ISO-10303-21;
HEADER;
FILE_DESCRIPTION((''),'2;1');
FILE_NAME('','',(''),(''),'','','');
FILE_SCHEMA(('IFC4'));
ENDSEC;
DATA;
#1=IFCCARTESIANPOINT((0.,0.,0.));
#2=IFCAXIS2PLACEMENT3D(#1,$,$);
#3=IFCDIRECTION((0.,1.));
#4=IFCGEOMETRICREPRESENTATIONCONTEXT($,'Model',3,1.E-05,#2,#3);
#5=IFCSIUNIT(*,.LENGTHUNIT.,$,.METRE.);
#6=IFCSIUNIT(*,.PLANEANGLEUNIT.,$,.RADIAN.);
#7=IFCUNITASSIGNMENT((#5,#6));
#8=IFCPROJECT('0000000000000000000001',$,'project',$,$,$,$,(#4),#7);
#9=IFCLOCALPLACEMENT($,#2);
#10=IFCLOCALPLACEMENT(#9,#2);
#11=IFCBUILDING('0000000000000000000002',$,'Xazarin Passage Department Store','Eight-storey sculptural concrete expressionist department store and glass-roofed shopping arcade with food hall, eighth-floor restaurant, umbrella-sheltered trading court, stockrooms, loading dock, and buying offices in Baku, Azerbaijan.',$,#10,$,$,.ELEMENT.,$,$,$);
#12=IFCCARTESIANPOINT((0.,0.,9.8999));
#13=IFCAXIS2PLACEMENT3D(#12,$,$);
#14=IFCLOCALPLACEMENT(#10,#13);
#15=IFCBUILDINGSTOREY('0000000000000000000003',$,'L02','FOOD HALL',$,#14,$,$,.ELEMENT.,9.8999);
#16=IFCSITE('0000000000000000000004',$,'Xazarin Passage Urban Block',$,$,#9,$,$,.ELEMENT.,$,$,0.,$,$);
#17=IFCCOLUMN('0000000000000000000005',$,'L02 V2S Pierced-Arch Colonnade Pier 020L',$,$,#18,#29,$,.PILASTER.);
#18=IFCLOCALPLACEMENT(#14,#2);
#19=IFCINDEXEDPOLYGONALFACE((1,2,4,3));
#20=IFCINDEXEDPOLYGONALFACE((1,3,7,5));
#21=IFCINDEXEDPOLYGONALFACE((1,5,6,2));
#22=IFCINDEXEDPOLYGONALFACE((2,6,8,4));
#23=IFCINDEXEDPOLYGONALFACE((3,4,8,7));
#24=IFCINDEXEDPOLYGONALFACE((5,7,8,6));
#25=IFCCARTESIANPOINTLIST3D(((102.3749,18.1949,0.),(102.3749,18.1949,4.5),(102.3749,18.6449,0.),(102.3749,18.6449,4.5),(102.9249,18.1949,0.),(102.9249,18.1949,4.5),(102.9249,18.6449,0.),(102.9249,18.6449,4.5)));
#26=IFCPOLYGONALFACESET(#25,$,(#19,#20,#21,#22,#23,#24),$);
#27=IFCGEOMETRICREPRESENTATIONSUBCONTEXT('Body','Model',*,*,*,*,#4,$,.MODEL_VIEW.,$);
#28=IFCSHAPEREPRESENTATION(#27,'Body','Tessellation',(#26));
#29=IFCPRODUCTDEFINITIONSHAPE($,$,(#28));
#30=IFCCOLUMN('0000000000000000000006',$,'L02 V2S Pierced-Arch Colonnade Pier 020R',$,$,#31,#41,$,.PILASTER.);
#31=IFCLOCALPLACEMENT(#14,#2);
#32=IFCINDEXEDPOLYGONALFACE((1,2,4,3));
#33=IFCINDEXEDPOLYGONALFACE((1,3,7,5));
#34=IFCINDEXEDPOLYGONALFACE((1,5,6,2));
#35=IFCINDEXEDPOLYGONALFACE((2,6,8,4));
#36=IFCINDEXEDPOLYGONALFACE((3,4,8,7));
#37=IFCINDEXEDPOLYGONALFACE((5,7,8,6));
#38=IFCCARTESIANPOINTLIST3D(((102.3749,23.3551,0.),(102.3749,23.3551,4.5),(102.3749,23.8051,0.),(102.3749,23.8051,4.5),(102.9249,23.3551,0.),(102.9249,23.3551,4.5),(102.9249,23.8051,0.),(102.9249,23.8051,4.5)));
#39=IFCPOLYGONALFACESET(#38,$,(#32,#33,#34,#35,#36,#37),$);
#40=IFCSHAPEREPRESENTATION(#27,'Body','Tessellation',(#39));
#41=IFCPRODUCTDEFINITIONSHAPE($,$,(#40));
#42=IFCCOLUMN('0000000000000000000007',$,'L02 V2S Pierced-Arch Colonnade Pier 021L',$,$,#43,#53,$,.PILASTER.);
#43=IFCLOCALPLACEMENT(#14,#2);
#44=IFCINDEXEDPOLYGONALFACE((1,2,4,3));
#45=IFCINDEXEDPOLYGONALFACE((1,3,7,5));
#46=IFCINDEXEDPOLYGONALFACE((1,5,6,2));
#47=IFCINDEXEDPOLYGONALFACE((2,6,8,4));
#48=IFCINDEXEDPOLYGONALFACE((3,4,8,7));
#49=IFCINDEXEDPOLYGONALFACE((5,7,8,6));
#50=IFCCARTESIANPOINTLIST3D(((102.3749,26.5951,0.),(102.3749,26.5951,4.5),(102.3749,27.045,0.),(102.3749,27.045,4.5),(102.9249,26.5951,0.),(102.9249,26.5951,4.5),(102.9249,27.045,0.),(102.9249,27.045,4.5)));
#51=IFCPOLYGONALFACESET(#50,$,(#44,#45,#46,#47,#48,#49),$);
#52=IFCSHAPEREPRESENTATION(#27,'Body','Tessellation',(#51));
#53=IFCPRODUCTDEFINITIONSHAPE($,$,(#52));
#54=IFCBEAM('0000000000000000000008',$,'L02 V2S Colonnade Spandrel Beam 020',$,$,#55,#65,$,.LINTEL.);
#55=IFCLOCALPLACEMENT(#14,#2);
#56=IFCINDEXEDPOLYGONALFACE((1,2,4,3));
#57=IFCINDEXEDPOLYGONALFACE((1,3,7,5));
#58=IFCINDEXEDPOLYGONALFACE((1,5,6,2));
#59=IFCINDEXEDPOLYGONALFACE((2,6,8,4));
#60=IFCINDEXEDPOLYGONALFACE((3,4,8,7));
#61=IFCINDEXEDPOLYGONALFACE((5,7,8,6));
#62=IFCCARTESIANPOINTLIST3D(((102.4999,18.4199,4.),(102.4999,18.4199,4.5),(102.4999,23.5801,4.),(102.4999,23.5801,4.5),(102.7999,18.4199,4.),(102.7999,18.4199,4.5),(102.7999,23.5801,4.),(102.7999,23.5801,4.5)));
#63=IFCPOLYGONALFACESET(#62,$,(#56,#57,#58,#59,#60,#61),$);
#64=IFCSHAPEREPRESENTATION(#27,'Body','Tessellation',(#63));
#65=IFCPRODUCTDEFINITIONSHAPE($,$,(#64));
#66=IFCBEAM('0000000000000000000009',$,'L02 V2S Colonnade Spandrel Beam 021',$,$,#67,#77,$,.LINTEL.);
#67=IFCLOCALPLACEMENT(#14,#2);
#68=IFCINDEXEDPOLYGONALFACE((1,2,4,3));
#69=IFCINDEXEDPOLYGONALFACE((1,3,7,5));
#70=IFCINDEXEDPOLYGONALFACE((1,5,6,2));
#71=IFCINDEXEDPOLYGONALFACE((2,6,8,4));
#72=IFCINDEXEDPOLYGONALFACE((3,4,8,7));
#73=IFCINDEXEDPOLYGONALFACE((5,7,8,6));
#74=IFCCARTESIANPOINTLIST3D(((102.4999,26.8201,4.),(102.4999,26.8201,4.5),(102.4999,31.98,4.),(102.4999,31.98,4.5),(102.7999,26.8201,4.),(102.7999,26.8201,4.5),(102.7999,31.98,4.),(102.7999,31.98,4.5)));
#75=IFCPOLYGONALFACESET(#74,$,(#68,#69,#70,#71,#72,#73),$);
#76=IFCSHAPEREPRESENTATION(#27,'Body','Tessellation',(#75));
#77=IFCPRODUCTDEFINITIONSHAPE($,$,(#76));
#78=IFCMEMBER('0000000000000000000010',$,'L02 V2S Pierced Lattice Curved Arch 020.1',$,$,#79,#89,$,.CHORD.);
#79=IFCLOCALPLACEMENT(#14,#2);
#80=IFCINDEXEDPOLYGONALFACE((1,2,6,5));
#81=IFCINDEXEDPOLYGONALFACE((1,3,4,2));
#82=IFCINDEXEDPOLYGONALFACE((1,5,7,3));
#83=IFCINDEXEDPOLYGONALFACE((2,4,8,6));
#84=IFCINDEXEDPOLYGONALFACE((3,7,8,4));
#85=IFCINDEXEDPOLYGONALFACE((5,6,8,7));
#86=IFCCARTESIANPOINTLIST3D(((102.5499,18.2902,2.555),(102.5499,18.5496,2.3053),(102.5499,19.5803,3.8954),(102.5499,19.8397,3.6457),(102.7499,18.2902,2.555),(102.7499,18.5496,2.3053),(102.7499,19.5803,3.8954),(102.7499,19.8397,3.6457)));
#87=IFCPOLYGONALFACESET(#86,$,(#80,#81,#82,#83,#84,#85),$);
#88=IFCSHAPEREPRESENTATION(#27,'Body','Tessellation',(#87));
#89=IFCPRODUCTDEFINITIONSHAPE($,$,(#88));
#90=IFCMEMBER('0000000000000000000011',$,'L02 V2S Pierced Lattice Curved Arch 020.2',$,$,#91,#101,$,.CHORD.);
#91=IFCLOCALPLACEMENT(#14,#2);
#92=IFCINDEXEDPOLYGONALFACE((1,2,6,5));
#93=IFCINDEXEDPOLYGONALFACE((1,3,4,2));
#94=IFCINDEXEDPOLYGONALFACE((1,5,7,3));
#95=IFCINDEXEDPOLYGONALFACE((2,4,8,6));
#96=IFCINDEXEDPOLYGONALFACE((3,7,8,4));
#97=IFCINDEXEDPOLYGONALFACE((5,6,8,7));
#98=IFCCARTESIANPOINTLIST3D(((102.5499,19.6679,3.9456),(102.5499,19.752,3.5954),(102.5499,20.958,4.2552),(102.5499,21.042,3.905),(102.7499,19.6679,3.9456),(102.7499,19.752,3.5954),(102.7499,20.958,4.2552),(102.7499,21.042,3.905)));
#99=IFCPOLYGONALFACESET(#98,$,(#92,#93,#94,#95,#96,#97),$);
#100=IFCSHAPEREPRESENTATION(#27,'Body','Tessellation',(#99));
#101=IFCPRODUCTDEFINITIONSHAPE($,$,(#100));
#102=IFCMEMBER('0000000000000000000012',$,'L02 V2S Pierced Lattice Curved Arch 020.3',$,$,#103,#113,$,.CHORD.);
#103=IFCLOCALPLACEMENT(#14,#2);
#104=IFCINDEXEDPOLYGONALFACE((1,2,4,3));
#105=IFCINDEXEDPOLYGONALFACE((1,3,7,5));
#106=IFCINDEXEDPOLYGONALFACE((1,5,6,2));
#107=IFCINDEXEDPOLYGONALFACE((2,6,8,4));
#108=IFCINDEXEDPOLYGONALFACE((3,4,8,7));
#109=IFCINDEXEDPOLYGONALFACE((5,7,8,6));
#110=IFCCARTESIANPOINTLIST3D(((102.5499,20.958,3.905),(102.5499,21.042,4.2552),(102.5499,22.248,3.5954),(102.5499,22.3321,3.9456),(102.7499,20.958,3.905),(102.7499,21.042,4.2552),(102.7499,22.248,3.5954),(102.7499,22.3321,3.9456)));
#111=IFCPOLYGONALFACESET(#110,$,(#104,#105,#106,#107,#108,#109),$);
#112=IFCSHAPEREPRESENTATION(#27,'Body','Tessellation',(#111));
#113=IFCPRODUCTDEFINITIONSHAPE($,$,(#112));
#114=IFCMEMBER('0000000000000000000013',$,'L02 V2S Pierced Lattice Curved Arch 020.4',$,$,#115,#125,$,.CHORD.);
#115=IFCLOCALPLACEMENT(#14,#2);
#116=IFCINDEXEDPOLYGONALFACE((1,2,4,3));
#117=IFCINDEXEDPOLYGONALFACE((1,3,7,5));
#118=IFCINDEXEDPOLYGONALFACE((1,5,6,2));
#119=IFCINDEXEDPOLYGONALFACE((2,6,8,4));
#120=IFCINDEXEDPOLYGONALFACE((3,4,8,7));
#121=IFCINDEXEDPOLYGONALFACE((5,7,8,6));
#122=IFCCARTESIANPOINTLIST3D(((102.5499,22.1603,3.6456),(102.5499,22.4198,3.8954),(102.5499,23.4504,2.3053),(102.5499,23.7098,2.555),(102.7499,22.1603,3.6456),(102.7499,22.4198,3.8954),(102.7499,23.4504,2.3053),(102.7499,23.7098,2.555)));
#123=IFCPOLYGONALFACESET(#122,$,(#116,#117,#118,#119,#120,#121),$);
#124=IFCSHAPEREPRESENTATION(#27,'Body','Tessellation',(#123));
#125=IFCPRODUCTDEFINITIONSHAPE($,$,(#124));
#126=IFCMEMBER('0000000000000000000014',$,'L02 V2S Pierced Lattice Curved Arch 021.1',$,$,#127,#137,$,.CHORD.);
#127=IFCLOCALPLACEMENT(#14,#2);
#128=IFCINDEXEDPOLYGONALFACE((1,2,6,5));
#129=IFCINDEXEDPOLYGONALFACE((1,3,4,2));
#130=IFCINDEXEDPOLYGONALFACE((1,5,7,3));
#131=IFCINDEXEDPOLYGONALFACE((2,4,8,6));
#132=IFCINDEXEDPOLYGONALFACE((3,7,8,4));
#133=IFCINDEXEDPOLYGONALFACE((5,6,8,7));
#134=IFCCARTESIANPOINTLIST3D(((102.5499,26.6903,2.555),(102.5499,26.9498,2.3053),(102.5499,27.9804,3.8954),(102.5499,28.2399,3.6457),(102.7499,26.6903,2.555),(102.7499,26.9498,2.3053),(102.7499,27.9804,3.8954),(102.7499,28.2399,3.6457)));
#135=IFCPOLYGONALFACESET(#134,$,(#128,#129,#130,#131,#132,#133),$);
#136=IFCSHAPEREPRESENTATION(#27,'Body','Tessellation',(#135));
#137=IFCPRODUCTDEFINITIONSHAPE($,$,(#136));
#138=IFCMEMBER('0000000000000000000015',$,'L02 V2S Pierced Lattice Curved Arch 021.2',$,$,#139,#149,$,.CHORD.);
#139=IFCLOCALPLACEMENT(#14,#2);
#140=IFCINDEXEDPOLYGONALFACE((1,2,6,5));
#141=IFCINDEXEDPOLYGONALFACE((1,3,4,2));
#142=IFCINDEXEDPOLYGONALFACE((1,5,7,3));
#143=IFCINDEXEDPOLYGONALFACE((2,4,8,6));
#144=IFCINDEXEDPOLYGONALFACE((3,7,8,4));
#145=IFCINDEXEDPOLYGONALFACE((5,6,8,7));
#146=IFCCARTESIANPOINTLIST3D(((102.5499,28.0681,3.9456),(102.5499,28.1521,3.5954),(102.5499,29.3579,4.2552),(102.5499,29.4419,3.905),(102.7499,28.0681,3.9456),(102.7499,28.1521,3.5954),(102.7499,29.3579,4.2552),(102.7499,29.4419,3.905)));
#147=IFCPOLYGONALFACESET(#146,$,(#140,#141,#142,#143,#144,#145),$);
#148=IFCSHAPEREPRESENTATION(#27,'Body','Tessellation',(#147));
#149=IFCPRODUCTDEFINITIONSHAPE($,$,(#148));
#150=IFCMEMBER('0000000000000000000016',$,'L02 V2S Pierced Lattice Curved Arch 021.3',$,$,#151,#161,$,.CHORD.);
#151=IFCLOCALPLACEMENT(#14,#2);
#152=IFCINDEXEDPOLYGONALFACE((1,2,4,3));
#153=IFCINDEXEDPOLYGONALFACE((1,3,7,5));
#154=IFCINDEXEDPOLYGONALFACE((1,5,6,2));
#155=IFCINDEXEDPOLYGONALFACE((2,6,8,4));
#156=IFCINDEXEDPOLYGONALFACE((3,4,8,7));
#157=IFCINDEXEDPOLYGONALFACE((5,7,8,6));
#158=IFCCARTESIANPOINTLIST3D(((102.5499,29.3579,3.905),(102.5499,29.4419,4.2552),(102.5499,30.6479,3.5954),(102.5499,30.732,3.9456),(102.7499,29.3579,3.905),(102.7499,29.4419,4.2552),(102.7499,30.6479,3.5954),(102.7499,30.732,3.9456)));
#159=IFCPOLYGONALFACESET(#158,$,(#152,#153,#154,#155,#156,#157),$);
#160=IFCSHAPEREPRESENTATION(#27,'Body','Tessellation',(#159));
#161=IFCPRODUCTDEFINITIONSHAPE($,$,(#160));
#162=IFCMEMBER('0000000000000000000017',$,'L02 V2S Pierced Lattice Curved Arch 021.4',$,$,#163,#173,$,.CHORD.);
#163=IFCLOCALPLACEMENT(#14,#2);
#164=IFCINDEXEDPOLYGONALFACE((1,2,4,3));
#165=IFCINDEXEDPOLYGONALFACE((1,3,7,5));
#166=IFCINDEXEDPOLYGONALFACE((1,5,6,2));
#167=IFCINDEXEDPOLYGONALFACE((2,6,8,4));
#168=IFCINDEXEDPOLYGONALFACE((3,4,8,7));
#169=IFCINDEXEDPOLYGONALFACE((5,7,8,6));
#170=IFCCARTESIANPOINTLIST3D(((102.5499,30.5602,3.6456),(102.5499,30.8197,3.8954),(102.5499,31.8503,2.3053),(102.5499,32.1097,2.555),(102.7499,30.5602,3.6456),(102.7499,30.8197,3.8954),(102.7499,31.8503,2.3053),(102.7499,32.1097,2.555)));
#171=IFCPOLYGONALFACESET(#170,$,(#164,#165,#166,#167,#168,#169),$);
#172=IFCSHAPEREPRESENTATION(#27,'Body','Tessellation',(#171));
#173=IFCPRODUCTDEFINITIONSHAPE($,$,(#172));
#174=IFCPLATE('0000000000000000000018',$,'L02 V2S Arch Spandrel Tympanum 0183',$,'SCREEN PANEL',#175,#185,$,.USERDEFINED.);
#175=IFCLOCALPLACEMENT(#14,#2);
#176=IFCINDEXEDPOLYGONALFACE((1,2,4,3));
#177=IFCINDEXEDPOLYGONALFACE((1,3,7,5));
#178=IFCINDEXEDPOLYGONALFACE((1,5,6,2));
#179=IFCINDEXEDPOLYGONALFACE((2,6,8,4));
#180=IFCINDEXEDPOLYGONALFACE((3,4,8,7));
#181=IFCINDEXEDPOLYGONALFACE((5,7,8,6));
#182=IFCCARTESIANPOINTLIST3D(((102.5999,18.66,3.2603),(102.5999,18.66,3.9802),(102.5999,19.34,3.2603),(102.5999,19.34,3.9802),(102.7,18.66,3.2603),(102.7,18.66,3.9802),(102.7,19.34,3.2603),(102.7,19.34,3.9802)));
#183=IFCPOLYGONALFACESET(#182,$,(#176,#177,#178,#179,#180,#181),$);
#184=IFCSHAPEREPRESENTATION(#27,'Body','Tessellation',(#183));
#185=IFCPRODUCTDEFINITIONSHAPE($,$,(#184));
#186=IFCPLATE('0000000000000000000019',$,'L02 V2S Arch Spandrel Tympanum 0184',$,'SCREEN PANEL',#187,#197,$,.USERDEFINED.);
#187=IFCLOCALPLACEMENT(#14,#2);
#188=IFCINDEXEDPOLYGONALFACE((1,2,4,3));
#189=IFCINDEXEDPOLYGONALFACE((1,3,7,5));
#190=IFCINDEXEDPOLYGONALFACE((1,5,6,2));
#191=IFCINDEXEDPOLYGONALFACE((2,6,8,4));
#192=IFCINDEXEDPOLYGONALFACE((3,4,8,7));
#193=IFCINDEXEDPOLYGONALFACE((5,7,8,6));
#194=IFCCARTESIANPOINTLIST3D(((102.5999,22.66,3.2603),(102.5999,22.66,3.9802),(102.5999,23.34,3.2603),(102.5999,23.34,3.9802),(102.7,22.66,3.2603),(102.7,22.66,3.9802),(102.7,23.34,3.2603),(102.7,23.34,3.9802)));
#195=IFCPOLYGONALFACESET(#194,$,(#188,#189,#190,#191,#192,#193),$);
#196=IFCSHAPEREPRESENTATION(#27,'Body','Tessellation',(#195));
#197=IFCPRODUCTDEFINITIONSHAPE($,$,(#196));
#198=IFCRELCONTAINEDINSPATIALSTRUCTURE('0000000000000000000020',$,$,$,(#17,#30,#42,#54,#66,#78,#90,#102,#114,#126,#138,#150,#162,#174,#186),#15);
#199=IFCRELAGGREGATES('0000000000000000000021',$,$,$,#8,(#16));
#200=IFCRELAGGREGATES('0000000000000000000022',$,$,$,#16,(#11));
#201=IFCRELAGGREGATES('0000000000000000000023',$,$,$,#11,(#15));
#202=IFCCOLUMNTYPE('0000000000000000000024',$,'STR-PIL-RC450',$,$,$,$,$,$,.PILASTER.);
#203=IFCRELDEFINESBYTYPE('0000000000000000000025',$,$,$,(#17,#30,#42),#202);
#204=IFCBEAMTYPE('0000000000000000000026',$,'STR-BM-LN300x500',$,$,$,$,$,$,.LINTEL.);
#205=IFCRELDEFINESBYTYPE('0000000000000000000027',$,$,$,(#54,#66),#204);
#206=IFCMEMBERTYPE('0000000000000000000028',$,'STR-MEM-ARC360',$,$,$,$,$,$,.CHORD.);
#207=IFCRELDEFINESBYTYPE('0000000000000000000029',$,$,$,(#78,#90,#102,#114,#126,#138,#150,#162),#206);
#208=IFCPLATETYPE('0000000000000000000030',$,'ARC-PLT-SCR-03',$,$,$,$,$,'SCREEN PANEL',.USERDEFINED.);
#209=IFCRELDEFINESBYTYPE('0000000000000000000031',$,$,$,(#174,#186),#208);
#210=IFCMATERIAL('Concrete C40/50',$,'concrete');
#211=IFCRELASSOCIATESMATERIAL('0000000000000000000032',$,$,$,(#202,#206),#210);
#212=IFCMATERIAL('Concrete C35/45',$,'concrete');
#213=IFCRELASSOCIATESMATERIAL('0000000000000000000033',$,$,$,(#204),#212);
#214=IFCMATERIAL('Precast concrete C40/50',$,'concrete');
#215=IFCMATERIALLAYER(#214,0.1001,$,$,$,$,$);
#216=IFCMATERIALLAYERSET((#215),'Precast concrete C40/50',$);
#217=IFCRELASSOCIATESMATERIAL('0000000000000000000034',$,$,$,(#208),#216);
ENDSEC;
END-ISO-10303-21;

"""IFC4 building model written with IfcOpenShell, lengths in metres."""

from ifc_helpers import new_model, si_unit, direction, frame, origin, origin_2d, place, context, subcontext, project, spatial, rectangle, extrude, material, layer, layer_set, material_profile, profile_set, type_object, element, save


model = new_model("IFC4")

# Units and contexts
model_context = context("Model", 3, precision=1e-05, world=origin(), true_north=direction((0.0, 1.0)))
body_context = subcontext(model_context, "Body", "Model", "MODEL_VIEW")
ifc_project = project(units=[si_unit("LENGTHUNIT", "METRE"), si_unit("PLANEANGLEUNIT", "RADIAN")], contexts=[model_context])

# Site, building, storey
site_placement = place(None, origin())
site = spatial("IfcSite", under=ifc_project, at=site_placement, Name="Xazarin Passage Urban Block", CompositionType="ELEMENT", RefElevation=0.0)
building_placement = place(site_placement, origin())
building = spatial("IfcBuilding", under=site, at=building_placement, Name="Xazarin Passage Department Store", Description="Eight-storey sculptural concrete expressionist department store and glass-roofed shopping arcade with food hall, eighth-floor restaurant, umbrella-sheltered trading court, stockrooms, loading dock, and buying offices in Baku, Azerbaijan.", CompositionType="ELEMENT")
storey_placement = place(building_placement, frame((0.0, 0.0, 9.8999)))
storey = spatial("IfcBuildingStorey", under=building, at=storey_placement, Name="L02", Description="FOOD HALL", CompositionType="ELEMENT", Elevation=9.8999)

# Columns
ifc_material_1 = material(Name="Concrete C40/50", Category="concrete")
ifc_material_profile_1 = material_profile(ifc_material_1, rectangle(XDim=0.45, YDim=0.55, at=origin_2d()), Name="RC 450x550")
ifc_profile_set_1 = profile_set([ifc_material_profile_1], Name="Concrete C40/50")
column_type = type_object("IfcColumnType", Name="STR-PIL-RC450", PredefinedType="PILASTER", material=ifc_profile_set_1)
for number, where, z_axis, x_axis, name in (
    (1, (102.6499, 18.4199, 0.0), (0.0, 0.0, 1.0), (0.0, 1.0, 0.0), "L02 V2S Pierced-Arch Colonnade Pier 020L"),
    (2, (102.6499, 23.5801, 0.0), (0.0, 0.0, 1.0), (0.0, 1.0, 0.0), "L02 V2S Pierced-Arch Colonnade Pier 020R"),
    (3, (102.6499, 26.8201, 0.0), (0.0, 0.0, 1.0), (0.0, 1.0, 0.0), "L02 V2S Pierced-Arch Colonnade Pier 021L"),
):
    element("IfcColumn", number, at=place(storey_placement, frame(where, z_axis=z_axis, x_axis=x_axis)), inside=storey, type_object=column_type, Name=name, PredefinedType="PILASTER", context=body_context, shape_type="SweptSolid", body=[
        extrude(rectangle(XDim=0.45, YDim=0.55, at=origin_2d()), origin(), (0.0, 0.0, 1.0), 4.5),
    ])

# Beams
ifc_material_2 = material(Name="Concrete C35/45", Category="concrete")
ifc_material_profile_2 = material_profile(ifc_material_2, rectangle(XDim=0.3, YDim=0.5, at=origin_2d()), Name="RC 300x500")
ifc_profile_set_2 = profile_set([ifc_material_profile_2], Name="Concrete C35/45")
beam_type = type_object("IfcBeamType", Name="STR-BM-LN300x500", PredefinedType="LINTEL", material=ifc_profile_set_2)
beam_1_placement = place(storey_placement, frame((102.6499, 18.4199, 4.25), z_axis=(0.0, 1.0, 0.0), x_axis=(-1.0, 0.0, 0.0)))
element("IfcBeam", 4, at=beam_1_placement, inside=storey, type_object=beam_type, Name="L02 V2S Colonnade Spandrel Beam 020", PredefinedType="LINTEL", context=body_context, shape_type="SweptSolid", body=[
    extrude(rectangle(XDim=0.3, YDim=0.5, at=origin_2d()), origin(), (0.0, 0.0, 1.0), 5.1602),
])
beam_2_placement = place(storey_placement, frame((102.6499, 26.8201, 4.25), z_axis=(0.0, 1.0, 0.0), x_axis=(-1.0, 0.0, 0.0)))
element("IfcBeam", 5, at=beam_2_placement, inside=storey, type_object=beam_type, Name="L02 V2S Colonnade Spandrel Beam 021", PredefinedType="LINTEL", context=body_context, shape_type="SweptSolid", body=[
    extrude(rectangle(XDim=0.3, YDim=0.5, at=origin_2d()), origin(), (0.0, 0.0, 1.0), 5.1599),
])

# Members
ifc_material_profile_3 = material_profile(ifc_material_1, rectangle(XDim=0.2, YDim=0.3601, at=origin_2d()), Name="RC 200x360")
ifc_profile_set_3 = profile_set([ifc_material_profile_3], Name="Concrete C40/50")
member_type = type_object("IfcMemberType", Name="STR-MEM-ARC360", PredefinedType="CHORD", material=ifc_profile_set_3)
member_1_placement = place(storey_placement, frame((102.6499, 18.4199, 2.4302), z_axis=(0.0, 0.69346, 0.720495), x_axis=(-1.0, 0.0, 0.0)))
element("IfcMember", 6, at=member_1_placement, inside=storey, type_object=member_type, Name="L02 V2S Pierced Lattice Curved Arch 020.1", PredefinedType="CHORD", context=body_context, shape_type="SweptSolid", body=[
    extrude(rectangle(XDim=0.2, YDim=0.3601, at=origin_2d()), origin(), (0.0, 0.0, 1.0), 1.8604),
])
for number, where, z_axis, x_axis, name in (
    (7, (102.6499, 19.71, 3.7705), (0.0, 0.972394, 0.233345), (-1.0, 0.0, 0.0), "L02 V2S Pierced Lattice Curved Arch 020.2"),
    (8, (102.6499, 21.0, 4.0801), (0.0, 0.972394, -0.233345), (-1.0, 0.0, 0.0), "L02 V2S Pierced Lattice Curved Arch 020.3"),
):
    element("IfcMember", number, at=place(storey_placement, frame(where, z_axis=z_axis, x_axis=x_axis)), inside=storey, type_object=member_type, Name=name, PredefinedType="CHORD", context=body_context, shape_type="SweptSolid", body=[
        extrude(rectangle(XDim=0.2, YDim=0.3601, at=origin_2d()), origin(), (0.0, 0.0, 1.0), 1.3267),
    ])
for number, where, z_axis, x_axis, name in (
    (9, (102.6499, 22.29, 3.7705), (0.0, 0.69346, -0.720495), (-1.0, 0.0, 0.0), "L02 V2S Pierced Lattice Curved Arch 020.4"),
    (10, (102.6499, 26.8201, 2.4302), (0.0, 0.69346, 0.720495), (-1.0, 0.0, 0.0), "L02 V2S Pierced Lattice Curved Arch 021.1"),
):
    element("IfcMember", number, at=place(storey_placement, frame(where, z_axis=z_axis, x_axis=x_axis)), inside=storey, type_object=member_type, Name=name, PredefinedType="CHORD", context=body_context, shape_type="SweptSolid", body=[
        extrude(rectangle(XDim=0.2, YDim=0.3601, at=origin_2d()), origin(), (0.0, 0.0, 1.0), 1.8604),
    ])
member_2_placement = place(storey_placement, frame((102.6499, 28.1101, 3.7705), z_axis=(0.0, 0.972384, 0.233387), x_axis=(-1.0, 0.0, 0.0)))
element("IfcMember", 11, at=member_2_placement, inside=storey, type_object=member_type, Name="L02 V2S Pierced Lattice Curved Arch 021.2", PredefinedType="CHORD", context=body_context, shape_type="SweptSolid", body=[
    extrude(rectangle(XDim=0.2, YDim=0.3601, at=origin_2d()), origin(), (0.0, 0.0, 1.0), 1.3264),
])
member_3_placement = place(storey_placement, frame((102.6499, 29.3999, 4.0801), z_axis=(0.0, 0.972394, -0.233345), x_axis=(-1.0, 0.0, 0.0)))
element("IfcMember", 12, at=member_3_placement, inside=storey, type_object=member_type, Name="L02 V2S Pierced Lattice Curved Arch 021.3", PredefinedType="CHORD", context=body_context, shape_type="SweptSolid", body=[
    extrude(rectangle(XDim=0.2, YDim=0.3601, at=origin_2d()), origin(), (0.0, 0.0, 1.0), 1.3267),
])
member_4_placement = place(storey_placement, frame((102.6499, 30.6899, 3.7705), z_axis=(0.0, 0.69346, -0.720495), x_axis=(-1.0, 0.0, 0.0)))
element("IfcMember", 13, at=member_4_placement, inside=storey, type_object=member_type, Name="L02 V2S Pierced Lattice Curved Arch 021.4", PredefinedType="CHORD", context=body_context, shape_type="SweptSolid", body=[
    extrude(rectangle(XDim=0.2, YDim=0.3601, at=origin_2d()), origin(), (0.0, 0.0, 1.0), 1.8604),
])

# Plates
ifc_material_3 = material(Name="Precast concrete C40/50", Category="concrete")
ifc_layer_1 = layer(ifc_material_3, 0.1001)
ifc_layer_set_1 = layer_set([ifc_layer_1], Name="Precast concrete C40/50")
plate_type_1 = type_object("IfcPlateType", Name="ARC-PLT-SCR-03", ElementType="SCREEN PANEL", PredefinedType="USERDEFINED", material=ifc_layer_set_1)
for number, where, z_axis, x_axis, name in (
    (14, (102.6499, 19.0, 3.2603), (0.0, 0.0, 1.0), (0.0, 1.0, 0.0), "L02 V2S Arch Spandrel Tympanum 0183"),
    (15, (102.6499, 23.0, 3.2603), (0.0, 0.0, 1.0), (0.0, 1.0, 0.0), "L02 V2S Arch Spandrel Tympanum 0184"),
):
    element("IfcPlate", number, at=place(storey_placement, frame(where, z_axis=z_axis, x_axis=x_axis)), inside=storey, type_object=plate_type_1, Name=name, ObjectType="SCREEN PANEL", PredefinedType="USERDEFINED", context=body_context, shape_type="SweptSolid", body=[
        extrude(rectangle(XDim=0.6799, YDim=0.1001, at=origin_2d()), origin(), (0.0, 0.0, 1.0), 0.72),
    ])

save(model, "model.ifc")
